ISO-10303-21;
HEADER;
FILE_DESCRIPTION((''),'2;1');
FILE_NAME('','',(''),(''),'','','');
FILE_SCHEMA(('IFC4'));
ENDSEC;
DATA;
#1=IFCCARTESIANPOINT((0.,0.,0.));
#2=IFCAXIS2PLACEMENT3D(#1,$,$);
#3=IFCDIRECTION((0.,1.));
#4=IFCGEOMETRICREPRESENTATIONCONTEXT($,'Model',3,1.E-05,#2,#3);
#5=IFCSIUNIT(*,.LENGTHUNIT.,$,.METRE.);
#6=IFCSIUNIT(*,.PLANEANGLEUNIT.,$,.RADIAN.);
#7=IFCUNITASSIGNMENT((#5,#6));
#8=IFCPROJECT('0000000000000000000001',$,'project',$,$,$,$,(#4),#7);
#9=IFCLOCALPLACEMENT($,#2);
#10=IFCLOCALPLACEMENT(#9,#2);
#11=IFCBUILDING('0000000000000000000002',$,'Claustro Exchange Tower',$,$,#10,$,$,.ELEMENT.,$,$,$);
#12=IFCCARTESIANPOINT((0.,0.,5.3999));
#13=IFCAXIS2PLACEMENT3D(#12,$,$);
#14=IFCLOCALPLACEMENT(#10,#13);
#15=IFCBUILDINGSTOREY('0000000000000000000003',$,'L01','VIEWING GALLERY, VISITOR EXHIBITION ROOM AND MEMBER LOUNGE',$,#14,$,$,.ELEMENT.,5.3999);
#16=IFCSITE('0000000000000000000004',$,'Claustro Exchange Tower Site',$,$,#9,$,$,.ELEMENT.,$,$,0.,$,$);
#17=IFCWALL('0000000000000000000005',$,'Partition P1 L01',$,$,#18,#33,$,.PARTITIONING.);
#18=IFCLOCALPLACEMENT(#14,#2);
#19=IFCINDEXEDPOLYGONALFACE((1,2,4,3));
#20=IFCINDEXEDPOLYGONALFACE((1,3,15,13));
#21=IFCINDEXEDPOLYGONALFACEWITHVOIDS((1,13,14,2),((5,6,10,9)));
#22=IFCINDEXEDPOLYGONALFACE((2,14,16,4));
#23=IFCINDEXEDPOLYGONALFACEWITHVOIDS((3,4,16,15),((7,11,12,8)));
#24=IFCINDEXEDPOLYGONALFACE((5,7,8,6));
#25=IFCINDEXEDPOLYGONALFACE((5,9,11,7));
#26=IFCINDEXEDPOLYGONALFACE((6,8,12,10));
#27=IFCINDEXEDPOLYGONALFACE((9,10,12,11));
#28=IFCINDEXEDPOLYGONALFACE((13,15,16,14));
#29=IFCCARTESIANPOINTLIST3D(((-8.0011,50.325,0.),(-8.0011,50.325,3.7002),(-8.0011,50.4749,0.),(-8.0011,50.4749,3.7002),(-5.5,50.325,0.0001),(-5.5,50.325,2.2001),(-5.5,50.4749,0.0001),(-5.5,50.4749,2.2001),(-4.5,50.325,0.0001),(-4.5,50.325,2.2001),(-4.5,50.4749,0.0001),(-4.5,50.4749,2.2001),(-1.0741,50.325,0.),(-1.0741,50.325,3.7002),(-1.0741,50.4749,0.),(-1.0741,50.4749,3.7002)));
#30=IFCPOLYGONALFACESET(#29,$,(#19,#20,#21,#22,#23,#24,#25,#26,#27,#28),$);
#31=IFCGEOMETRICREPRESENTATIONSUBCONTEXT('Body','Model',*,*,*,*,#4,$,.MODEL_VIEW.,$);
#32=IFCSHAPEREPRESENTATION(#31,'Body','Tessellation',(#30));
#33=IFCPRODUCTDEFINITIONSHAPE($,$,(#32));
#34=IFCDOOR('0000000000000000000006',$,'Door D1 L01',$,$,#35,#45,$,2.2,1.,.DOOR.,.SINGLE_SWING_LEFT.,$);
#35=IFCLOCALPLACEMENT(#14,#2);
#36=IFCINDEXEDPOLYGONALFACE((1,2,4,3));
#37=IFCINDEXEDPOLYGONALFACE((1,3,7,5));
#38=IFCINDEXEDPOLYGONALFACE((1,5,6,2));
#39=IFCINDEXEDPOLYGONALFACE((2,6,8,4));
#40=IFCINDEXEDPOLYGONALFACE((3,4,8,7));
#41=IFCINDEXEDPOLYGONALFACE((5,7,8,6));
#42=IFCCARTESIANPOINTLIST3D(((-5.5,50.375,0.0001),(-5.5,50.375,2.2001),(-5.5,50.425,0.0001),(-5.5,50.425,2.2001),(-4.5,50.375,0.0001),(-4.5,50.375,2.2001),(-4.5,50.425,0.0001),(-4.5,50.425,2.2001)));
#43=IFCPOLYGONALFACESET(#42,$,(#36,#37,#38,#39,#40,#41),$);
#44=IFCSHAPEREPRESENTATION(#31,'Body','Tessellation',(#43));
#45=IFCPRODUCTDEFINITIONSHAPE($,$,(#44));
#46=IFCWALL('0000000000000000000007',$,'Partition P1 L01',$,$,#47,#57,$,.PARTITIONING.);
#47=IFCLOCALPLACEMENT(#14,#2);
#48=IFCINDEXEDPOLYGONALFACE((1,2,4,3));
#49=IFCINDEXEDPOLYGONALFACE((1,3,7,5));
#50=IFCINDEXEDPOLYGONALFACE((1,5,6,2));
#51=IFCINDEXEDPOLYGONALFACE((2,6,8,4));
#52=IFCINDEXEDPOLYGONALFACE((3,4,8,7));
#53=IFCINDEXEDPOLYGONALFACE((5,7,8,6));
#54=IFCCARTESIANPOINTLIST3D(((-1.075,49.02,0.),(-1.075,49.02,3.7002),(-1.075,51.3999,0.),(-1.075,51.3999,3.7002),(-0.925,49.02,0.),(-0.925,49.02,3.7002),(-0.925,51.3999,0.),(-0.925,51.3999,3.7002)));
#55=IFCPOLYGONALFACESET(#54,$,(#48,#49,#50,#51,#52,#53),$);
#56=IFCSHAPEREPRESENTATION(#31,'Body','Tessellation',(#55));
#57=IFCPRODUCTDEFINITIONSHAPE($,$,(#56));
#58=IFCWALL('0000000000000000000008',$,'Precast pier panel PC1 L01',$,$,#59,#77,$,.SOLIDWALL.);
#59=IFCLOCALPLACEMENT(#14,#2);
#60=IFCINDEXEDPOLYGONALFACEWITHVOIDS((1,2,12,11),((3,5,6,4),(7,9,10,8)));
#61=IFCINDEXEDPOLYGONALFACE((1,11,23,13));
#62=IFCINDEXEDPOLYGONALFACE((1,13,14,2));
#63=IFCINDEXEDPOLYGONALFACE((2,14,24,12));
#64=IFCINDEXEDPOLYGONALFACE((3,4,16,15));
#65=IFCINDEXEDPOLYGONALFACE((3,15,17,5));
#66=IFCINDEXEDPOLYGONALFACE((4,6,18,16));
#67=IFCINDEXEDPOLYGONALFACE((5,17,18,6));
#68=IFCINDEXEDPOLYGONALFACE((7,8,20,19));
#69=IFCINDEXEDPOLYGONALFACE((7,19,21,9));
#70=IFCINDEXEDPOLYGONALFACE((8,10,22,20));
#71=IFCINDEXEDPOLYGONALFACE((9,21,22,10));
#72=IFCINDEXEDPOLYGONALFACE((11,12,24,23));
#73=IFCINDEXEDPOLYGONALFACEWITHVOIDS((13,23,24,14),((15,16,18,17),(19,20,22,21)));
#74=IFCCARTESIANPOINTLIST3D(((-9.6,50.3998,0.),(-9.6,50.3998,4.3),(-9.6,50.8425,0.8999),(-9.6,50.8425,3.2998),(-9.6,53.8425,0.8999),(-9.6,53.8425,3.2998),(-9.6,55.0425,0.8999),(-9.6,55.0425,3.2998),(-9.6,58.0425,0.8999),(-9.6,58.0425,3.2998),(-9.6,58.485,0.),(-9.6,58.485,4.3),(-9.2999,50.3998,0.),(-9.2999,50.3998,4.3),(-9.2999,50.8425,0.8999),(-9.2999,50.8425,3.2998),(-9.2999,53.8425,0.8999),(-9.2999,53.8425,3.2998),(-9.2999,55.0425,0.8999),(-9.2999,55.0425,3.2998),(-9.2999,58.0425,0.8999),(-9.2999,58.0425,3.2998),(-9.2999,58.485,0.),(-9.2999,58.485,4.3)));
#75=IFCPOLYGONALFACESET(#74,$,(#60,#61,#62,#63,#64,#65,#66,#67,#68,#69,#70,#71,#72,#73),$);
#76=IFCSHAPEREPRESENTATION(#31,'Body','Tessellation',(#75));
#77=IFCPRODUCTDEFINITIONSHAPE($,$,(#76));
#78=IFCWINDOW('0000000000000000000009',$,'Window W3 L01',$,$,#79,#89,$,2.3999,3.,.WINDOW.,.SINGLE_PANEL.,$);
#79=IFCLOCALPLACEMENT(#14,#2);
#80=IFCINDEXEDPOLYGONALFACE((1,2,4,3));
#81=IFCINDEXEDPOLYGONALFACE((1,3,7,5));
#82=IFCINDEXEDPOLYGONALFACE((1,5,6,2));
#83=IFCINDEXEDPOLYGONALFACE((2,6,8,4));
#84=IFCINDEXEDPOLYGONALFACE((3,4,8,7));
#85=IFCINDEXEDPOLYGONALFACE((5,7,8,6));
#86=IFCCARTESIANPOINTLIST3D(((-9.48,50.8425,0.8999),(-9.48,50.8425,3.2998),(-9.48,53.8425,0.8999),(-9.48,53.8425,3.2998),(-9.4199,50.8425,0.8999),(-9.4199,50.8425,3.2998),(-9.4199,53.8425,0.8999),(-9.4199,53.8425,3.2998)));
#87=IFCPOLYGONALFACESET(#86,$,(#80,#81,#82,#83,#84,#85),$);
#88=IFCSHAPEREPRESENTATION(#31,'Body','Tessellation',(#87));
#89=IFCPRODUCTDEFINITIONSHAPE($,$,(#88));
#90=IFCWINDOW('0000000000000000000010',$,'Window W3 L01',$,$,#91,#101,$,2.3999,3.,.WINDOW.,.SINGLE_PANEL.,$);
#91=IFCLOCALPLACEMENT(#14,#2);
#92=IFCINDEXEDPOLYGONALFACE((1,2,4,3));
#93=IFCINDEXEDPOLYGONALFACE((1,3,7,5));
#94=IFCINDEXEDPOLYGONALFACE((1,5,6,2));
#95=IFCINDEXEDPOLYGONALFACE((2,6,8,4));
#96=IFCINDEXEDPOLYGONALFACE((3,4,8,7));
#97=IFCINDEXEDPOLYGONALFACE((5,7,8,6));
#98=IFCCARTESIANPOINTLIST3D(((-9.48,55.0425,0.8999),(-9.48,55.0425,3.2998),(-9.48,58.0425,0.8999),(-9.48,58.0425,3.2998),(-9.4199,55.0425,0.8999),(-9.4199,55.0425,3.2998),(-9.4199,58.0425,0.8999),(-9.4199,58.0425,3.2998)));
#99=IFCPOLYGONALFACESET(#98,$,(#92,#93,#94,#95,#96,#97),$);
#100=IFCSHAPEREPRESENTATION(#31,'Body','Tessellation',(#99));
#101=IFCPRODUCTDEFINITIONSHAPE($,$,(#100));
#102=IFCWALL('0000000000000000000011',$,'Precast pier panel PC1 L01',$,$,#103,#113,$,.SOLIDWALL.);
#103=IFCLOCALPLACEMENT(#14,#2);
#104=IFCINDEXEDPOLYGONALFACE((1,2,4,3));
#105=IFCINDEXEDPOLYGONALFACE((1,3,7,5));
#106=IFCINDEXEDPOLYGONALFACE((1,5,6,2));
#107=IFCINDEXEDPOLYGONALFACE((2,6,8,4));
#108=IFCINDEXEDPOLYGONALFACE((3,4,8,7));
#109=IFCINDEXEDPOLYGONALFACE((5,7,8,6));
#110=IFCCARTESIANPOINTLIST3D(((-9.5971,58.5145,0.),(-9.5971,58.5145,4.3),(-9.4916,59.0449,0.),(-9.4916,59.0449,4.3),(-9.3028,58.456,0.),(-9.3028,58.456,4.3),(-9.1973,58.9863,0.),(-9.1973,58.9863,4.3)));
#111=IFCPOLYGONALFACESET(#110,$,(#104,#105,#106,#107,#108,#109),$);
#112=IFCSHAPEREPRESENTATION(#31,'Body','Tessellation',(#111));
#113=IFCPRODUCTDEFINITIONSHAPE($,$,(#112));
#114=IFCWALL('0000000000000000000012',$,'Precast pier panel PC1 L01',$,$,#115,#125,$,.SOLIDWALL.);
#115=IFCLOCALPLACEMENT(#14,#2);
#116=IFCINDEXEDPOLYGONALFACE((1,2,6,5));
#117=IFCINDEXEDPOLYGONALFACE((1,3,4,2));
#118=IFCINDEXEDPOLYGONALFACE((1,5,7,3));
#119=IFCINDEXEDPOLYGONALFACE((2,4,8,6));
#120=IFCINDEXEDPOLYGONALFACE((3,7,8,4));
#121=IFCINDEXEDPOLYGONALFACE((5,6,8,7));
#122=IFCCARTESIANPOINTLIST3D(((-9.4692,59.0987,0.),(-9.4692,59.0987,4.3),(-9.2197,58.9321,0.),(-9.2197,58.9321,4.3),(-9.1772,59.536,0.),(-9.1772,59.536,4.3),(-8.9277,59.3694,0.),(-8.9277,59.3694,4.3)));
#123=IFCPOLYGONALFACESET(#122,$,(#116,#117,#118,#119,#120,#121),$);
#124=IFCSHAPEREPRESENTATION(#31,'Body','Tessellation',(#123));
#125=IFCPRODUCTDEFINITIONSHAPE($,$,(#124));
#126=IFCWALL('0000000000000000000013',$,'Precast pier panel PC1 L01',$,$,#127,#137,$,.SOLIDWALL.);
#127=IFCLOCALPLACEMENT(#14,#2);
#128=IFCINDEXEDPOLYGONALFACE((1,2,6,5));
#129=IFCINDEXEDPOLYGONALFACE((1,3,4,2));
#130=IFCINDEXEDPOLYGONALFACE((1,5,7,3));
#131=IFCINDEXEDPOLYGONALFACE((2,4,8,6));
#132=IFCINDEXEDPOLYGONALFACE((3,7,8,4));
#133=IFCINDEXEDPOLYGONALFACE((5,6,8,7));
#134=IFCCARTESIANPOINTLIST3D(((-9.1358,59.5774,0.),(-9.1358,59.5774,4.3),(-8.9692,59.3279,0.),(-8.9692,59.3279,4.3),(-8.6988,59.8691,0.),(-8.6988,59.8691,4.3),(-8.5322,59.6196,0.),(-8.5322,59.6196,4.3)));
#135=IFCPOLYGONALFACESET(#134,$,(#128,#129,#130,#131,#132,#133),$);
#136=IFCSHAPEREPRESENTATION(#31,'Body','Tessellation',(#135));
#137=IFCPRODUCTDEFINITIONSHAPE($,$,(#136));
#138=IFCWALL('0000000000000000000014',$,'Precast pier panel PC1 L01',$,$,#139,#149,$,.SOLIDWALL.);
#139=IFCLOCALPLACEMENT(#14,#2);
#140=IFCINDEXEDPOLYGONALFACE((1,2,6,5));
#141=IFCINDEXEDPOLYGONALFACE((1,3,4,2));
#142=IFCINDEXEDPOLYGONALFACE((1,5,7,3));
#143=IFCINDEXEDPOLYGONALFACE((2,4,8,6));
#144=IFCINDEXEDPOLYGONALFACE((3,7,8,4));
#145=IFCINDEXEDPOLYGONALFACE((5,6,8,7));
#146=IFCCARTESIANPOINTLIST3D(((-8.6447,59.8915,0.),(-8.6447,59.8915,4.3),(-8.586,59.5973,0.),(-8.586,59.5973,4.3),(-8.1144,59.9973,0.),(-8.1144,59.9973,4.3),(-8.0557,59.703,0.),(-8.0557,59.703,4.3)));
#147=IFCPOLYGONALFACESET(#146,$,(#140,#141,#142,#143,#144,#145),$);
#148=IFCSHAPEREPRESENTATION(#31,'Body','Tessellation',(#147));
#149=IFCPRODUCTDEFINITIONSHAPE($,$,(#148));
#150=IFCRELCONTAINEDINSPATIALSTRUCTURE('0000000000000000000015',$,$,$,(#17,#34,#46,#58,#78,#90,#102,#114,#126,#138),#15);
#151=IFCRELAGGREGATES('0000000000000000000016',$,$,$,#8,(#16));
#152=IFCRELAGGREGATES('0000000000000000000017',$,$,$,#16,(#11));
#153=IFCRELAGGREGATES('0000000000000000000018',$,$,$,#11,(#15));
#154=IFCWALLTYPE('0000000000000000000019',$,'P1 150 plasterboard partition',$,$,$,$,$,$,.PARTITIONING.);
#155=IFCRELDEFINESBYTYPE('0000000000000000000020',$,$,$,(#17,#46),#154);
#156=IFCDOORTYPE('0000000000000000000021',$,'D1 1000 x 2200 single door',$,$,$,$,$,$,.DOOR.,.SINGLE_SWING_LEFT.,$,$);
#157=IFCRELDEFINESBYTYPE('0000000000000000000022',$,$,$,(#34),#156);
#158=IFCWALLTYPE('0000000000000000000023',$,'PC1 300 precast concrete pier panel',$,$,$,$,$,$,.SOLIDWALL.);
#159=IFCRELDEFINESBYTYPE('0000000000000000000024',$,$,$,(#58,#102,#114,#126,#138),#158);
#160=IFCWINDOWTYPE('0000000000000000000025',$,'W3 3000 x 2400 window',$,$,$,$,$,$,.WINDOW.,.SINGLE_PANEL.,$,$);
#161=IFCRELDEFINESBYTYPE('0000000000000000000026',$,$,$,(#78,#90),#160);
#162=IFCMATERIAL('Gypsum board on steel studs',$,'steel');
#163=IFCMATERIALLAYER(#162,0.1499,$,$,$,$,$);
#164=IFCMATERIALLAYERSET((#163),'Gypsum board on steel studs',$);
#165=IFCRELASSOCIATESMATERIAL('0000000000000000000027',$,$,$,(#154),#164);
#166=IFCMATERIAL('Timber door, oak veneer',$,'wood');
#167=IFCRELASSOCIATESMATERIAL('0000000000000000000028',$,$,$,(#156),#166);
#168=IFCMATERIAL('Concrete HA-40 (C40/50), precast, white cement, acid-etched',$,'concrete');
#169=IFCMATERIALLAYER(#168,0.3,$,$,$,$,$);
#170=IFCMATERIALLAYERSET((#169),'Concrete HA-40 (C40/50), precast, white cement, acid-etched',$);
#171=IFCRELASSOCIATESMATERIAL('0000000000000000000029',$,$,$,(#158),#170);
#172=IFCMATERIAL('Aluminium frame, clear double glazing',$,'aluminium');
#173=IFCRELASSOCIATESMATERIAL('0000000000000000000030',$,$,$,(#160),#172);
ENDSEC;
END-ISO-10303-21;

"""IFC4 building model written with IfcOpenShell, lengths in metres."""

from ifc_helpers import new_model, si_unit, direction, frame, frame_2d, origin, place, context, subcontext, project, spatial, rectangle, extrude, material, layer, layer_set, type_object, element, fill, save


model = new_model("IFC4")

# Units and contexts
model_context = context("Model", 3, precision=1e-05, world=origin(), true_north=direction((0.0, 1.0)))
body_context = subcontext(model_context, "Body", "Model", "MODEL_VIEW")
ifc_project = project(units=[si_unit("LENGTHUNIT", "METRE"), si_unit("PLANEANGLEUNIT", "RADIAN")], contexts=[model_context])

# Site, building, storey
site_placement = place(None, origin())
site = spatial("IfcSite", under=ifc_project, at=site_placement, Name="Claustro Exchange Tower Site", CompositionType="ELEMENT", RefElevation=0.0)
building_placement = place(site_placement, origin())
building = spatial("IfcBuilding", under=site, at=building_placement, Name="Claustro Exchange Tower", CompositionType="ELEMENT")
storey_placement = place(building_placement, frame((0.0, 0.0, 5.3999)))
storey = spatial("IfcBuildingStorey", under=building, at=storey_placement, Name="L01", Description="VIEWING GALLERY, VISITOR EXHIBITION ROOM AND MEMBER LOUNGE", CompositionType="ELEMENT", Elevation=5.3999)

# Shared definitions
ifc_material_1 = material(Name="Gypsum board on steel studs", Category="steel")
ifc_layer_1 = layer(ifc_material_1, 0.1499)
ifc_layer_set_1 = layer_set([ifc_layer_1], Name="Gypsum board on steel studs")
wall_type_1 = type_object("IfcWallType", Name="P1 150 plasterboard partition", PredefinedType="PARTITIONING", material=ifc_layer_set_1)

# Wall, opening, door
wall_1_placement = place(storey_placement, frame((-8.001, 50.3999, 0.0), z_axis=(0.0, 0.0, 1.0), x_axis=(1.0, 0.0, 0.0)))
wall_1 = element("IfcWall", 1, at=wall_1_placement, inside=storey, type_object=wall_type_1, Name="Partition P1 L01", PredefinedType="PARTITIONING", context=body_context, shape_type="SweptSolid", body=[
    extrude(rectangle(XDim=6.927, YDim=0.1499, at=frame_2d((3.4634, 0.0))), origin(), (0.0, 0.0, 1.0), 3.7002),
])
opening_1_placement = place(wall_1_placement, frame((2.501, 0.0, 0.0)))
opening_1 = element("IfcOpeningElement", 2, at=opening_1_placement, cuts=wall_1, PredefinedType="OPENING", context=body_context, shape_type="SweptSolid", body=[
    extrude(rectangle(XDim=1.0, YDim=2.2, at=frame_2d((0.5, 1.1001))), frame((0.0, 0.085, 0.0), z_axis=(0.0, -1.0, 0.0), x_axis=(1.0, 0.0, 0.0)), (0.0, 0.0, 1.0), 0.1699),
])
ifc_material_2 = material(Name="Timber door, oak veneer", Category="wood")
door_type = type_object("IfcDoorType", Name="D1 1000 x 2200 single door", OperationType="SINGLE_SWING_LEFT", PredefinedType="DOOR", material=ifc_material_2)
door_placement = place(opening_1_placement, frame((1.0, 0.0, 0.0), z_axis=(0.0, 0.0, 1.0), x_axis=(-1.0, 0.0, 0.0)))
door = element("IfcDoor", 3, at=door_placement, inside=storey, type_object=door_type, Name="Door D1 L01", OperationType="SINGLE_SWING_LEFT", OverallHeight=2.2, OverallWidth=1.0, PredefinedType="DOOR", context=body_context, shape_type="SweptSolid", body=[
    extrude(rectangle(XDim=1.0, YDim=2.2, at=frame_2d((0.5, 1.1001))), frame((0.0, 0.0249, 0.0), z_axis=(0.0, -1.0, 0.0), x_axis=(1.0, 0.0, 0.0)), (0.0, 0.0, 1.0), 0.05),
])
fill(opening_1, door)

# Wall
wall_2_placement = place(storey_placement, frame((-1.0, 49.02, 0.0), z_axis=(0.0, 0.0, 1.0), x_axis=(0.0, 1.0, 0.0)))
element("IfcWall", 4, at=wall_2_placement, inside=storey, type_object=wall_type_1, Name="Partition P1 L01", PredefinedType="PARTITIONING", context=body_context, shape_type="SweptSolid", body=[
    extrude(rectangle(XDim=2.3799, YDim=0.1499, at=frame_2d((1.1899, 0.0))), origin(), (0.0, 0.0, 1.0), 3.7002),
])

# Wall, openings, windows
ifc_material_3 = material(Name="Concrete HA-40 (C40/50), precast, white cement, acid-etched", Category="concrete")
ifc_layer_2 = layer(ifc_material_3, 0.3)
ifc_layer_set_2 = layer_set([ifc_layer_2], Name="Concrete HA-40 (C40/50), precast, white cement, acid-etched")
wall_type_2 = type_object("IfcWallType", Name="PC1 300 precast concrete pier panel", PredefinedType="SOLIDWALL", material=ifc_layer_set_2)
wall_3_placement = place(storey_placement, frame((-9.45, 50.3999, 0.0), z_axis=(0.0, 0.0, 1.0), x_axis=(0.0, 1.0, 0.0)))
wall_3 = element("IfcWall", 5, at=wall_3_placement, inside=storey, type_object=wall_type_2, Name="Precast pier panel PC1 L01", PredefinedType="SOLIDWALL", context=body_context, shape_type="SweptSolid", body=[
    extrude(rectangle(XDim=8.0852, YDim=0.3, at=frame_2d((4.0425, 0.0))), origin(), (0.0, 0.0, 1.0), 4.3),
])
opening_2_placement = place(wall_3_placement, frame((0.4426, 0.0, 0.8999)))
opening_2 = element("IfcOpeningElement", 6, at=opening_2_placement, cuts=wall_3, PredefinedType="OPENING", context=body_context, shape_type="SweptSolid", body=[
    extrude(rectangle(XDim=3.0, YDim=2.3999, at=frame_2d((1.5, 1.2))), frame((0.0, 0.1599, 0.0), z_axis=(0.0, -1.0, 0.0), x_axis=(1.0, 0.0, 0.0)), (0.0, 0.0, 1.0), 0.3201),
])
opening_3_placement = place(wall_3_placement, frame((4.6426, 0.0, 0.8999)))
opening_3 = element("IfcOpeningElement", 7, at=opening_3_placement, cuts=wall_3, PredefinedType="OPENING", context=body_context, shape_type="SweptSolid", body=[
    extrude(rectangle(XDim=3.0, YDim=2.3999, at=frame_2d((1.5, 1.2))), frame((0.0, 0.1599, 0.0), z_axis=(0.0, -1.0, 0.0), x_axis=(1.0, 0.0, 0.0)), (0.0, 0.0, 1.0), 0.3201),
])
ifc_material_4 = material(Name="Aluminium frame, clear double glazing", Category="aluminium")
window_type = type_object("IfcWindowType", Name="W3 3000 x 2400 window", PartitioningType="SINGLE_PANEL", PredefinedType="WINDOW", material=ifc_material_4)
window_1_placement = place(opening_2_placement, origin())
window_1 = element("IfcWindow", 8, at=window_1_placement, inside=storey, type_object=window_type, Name="Window W3 L01", OverallHeight=2.3999, OverallWidth=3.0, PartitioningType="SINGLE_PANEL", PredefinedType="WINDOW", context=body_context, shape_type="SweptSolid", body=[
    extrude(rectangle(XDim=3.0, YDim=2.3999, at=frame_2d((1.5, 1.2))), frame((0.0, 0.03, 0.0), z_axis=(0.0, -1.0, 0.0), x_axis=(1.0, 0.0, 0.0)), (0.0, 0.0, 1.0), 0.0601),
])
fill(opening_2, window_1)
window_2_placement = place(opening_3_placement, origin())
window_2 = element("IfcWindow", 9, at=window_2_placement, inside=storey, type_object=window_type, Name="Window W3 L01", OverallHeight=2.3999, OverallWidth=3.0, PartitioningType="SINGLE_PANEL", PredefinedType="WINDOW", context=body_context, shape_type="SweptSolid", body=[
    extrude(rectangle(XDim=3.0, YDim=2.3999, at=frame_2d((1.5, 1.2))), frame((0.0, 0.03, 0.0), z_axis=(0.0, -1.0, 0.0), x_axis=(1.0, 0.0, 0.0)), (0.0, 0.0, 1.0), 0.0601),
])
fill(opening_3, window_2)

# Walls
wall_4_placement = place(storey_placement, frame((-9.45, 58.4851, 0.0), z_axis=(0.0, 0.0, 1.0), x_axis=(0.195074, 0.980789, 0.0)))
element("IfcWall", 10, at=wall_4_placement, inside=storey, type_object=wall_type_2, Name="Precast pier panel PC1 L01", PredefinedType="SOLIDWALL", context=body_context, shape_type="SweptSolid", body=[
    extrude(rectangle(XDim=0.5408, YDim=0.3, at=frame_2d((0.2705, 0.0))), origin(), (0.0, 0.0, 1.0), 4.3),
])
wall_5_placement = place(storey_placement, frame((-9.3445, 59.0154, 0.0), z_axis=(0.0, 0.0, 1.0), x_axis=(0.555343, 0.831621, 0.0)))
element("IfcWall", 11, at=wall_5_placement, inside=storey, type_object=wall_type_2, Name="Precast pier panel PC1 L01", PredefinedType="SOLIDWALL", context=body_context, shape_type="SweptSolid", body=[
    extrude(rectangle(XDim=0.5259, YDim=0.3, at=frame_2d((0.2629, 0.0))), origin(), (0.0, 0.0, 1.0), 4.3),
])
wall_6_placement = place(storey_placement, frame((-9.0525, 59.4526, 0.0), z_axis=(0.0, 0.0, 1.0), x_axis=(0.831693, 0.555236, 0.0)))
element("IfcWall", 12, at=wall_6_placement, inside=storey, type_object=wall_type_2, Name="Precast pier panel PC1 L01", PredefinedType="SOLIDWALL", context=body_context, shape_type="SweptSolid", body=[
    extrude(rectangle(XDim=0.5254, YDim=0.3, at=frame_2d((0.2627, 0.0))), origin(), (0.0, 0.0, 1.0), 4.3),
])
wall_7_placement = place(storey_placement, frame((-8.6155, 59.7444, 0.0), z_axis=(0.0, 0.0, 1.0), x_axis=(0.980702, 0.195508, 0.0)))
element("IfcWall", 13, at=wall_7_placement, inside=storey, type_object=wall_type_2, Name="Precast pier panel PC1 L01", PredefinedType="SOLIDWALL", context=body_context, shape_type="SweptSolid", body=[
    extrude(rectangle(XDim=0.5408, YDim=0.3, at=frame_2d((0.2705, 0.0))), origin(), (0.0, 0.0, 1.0), 4.3),
])

save(model, "model.ifc")
